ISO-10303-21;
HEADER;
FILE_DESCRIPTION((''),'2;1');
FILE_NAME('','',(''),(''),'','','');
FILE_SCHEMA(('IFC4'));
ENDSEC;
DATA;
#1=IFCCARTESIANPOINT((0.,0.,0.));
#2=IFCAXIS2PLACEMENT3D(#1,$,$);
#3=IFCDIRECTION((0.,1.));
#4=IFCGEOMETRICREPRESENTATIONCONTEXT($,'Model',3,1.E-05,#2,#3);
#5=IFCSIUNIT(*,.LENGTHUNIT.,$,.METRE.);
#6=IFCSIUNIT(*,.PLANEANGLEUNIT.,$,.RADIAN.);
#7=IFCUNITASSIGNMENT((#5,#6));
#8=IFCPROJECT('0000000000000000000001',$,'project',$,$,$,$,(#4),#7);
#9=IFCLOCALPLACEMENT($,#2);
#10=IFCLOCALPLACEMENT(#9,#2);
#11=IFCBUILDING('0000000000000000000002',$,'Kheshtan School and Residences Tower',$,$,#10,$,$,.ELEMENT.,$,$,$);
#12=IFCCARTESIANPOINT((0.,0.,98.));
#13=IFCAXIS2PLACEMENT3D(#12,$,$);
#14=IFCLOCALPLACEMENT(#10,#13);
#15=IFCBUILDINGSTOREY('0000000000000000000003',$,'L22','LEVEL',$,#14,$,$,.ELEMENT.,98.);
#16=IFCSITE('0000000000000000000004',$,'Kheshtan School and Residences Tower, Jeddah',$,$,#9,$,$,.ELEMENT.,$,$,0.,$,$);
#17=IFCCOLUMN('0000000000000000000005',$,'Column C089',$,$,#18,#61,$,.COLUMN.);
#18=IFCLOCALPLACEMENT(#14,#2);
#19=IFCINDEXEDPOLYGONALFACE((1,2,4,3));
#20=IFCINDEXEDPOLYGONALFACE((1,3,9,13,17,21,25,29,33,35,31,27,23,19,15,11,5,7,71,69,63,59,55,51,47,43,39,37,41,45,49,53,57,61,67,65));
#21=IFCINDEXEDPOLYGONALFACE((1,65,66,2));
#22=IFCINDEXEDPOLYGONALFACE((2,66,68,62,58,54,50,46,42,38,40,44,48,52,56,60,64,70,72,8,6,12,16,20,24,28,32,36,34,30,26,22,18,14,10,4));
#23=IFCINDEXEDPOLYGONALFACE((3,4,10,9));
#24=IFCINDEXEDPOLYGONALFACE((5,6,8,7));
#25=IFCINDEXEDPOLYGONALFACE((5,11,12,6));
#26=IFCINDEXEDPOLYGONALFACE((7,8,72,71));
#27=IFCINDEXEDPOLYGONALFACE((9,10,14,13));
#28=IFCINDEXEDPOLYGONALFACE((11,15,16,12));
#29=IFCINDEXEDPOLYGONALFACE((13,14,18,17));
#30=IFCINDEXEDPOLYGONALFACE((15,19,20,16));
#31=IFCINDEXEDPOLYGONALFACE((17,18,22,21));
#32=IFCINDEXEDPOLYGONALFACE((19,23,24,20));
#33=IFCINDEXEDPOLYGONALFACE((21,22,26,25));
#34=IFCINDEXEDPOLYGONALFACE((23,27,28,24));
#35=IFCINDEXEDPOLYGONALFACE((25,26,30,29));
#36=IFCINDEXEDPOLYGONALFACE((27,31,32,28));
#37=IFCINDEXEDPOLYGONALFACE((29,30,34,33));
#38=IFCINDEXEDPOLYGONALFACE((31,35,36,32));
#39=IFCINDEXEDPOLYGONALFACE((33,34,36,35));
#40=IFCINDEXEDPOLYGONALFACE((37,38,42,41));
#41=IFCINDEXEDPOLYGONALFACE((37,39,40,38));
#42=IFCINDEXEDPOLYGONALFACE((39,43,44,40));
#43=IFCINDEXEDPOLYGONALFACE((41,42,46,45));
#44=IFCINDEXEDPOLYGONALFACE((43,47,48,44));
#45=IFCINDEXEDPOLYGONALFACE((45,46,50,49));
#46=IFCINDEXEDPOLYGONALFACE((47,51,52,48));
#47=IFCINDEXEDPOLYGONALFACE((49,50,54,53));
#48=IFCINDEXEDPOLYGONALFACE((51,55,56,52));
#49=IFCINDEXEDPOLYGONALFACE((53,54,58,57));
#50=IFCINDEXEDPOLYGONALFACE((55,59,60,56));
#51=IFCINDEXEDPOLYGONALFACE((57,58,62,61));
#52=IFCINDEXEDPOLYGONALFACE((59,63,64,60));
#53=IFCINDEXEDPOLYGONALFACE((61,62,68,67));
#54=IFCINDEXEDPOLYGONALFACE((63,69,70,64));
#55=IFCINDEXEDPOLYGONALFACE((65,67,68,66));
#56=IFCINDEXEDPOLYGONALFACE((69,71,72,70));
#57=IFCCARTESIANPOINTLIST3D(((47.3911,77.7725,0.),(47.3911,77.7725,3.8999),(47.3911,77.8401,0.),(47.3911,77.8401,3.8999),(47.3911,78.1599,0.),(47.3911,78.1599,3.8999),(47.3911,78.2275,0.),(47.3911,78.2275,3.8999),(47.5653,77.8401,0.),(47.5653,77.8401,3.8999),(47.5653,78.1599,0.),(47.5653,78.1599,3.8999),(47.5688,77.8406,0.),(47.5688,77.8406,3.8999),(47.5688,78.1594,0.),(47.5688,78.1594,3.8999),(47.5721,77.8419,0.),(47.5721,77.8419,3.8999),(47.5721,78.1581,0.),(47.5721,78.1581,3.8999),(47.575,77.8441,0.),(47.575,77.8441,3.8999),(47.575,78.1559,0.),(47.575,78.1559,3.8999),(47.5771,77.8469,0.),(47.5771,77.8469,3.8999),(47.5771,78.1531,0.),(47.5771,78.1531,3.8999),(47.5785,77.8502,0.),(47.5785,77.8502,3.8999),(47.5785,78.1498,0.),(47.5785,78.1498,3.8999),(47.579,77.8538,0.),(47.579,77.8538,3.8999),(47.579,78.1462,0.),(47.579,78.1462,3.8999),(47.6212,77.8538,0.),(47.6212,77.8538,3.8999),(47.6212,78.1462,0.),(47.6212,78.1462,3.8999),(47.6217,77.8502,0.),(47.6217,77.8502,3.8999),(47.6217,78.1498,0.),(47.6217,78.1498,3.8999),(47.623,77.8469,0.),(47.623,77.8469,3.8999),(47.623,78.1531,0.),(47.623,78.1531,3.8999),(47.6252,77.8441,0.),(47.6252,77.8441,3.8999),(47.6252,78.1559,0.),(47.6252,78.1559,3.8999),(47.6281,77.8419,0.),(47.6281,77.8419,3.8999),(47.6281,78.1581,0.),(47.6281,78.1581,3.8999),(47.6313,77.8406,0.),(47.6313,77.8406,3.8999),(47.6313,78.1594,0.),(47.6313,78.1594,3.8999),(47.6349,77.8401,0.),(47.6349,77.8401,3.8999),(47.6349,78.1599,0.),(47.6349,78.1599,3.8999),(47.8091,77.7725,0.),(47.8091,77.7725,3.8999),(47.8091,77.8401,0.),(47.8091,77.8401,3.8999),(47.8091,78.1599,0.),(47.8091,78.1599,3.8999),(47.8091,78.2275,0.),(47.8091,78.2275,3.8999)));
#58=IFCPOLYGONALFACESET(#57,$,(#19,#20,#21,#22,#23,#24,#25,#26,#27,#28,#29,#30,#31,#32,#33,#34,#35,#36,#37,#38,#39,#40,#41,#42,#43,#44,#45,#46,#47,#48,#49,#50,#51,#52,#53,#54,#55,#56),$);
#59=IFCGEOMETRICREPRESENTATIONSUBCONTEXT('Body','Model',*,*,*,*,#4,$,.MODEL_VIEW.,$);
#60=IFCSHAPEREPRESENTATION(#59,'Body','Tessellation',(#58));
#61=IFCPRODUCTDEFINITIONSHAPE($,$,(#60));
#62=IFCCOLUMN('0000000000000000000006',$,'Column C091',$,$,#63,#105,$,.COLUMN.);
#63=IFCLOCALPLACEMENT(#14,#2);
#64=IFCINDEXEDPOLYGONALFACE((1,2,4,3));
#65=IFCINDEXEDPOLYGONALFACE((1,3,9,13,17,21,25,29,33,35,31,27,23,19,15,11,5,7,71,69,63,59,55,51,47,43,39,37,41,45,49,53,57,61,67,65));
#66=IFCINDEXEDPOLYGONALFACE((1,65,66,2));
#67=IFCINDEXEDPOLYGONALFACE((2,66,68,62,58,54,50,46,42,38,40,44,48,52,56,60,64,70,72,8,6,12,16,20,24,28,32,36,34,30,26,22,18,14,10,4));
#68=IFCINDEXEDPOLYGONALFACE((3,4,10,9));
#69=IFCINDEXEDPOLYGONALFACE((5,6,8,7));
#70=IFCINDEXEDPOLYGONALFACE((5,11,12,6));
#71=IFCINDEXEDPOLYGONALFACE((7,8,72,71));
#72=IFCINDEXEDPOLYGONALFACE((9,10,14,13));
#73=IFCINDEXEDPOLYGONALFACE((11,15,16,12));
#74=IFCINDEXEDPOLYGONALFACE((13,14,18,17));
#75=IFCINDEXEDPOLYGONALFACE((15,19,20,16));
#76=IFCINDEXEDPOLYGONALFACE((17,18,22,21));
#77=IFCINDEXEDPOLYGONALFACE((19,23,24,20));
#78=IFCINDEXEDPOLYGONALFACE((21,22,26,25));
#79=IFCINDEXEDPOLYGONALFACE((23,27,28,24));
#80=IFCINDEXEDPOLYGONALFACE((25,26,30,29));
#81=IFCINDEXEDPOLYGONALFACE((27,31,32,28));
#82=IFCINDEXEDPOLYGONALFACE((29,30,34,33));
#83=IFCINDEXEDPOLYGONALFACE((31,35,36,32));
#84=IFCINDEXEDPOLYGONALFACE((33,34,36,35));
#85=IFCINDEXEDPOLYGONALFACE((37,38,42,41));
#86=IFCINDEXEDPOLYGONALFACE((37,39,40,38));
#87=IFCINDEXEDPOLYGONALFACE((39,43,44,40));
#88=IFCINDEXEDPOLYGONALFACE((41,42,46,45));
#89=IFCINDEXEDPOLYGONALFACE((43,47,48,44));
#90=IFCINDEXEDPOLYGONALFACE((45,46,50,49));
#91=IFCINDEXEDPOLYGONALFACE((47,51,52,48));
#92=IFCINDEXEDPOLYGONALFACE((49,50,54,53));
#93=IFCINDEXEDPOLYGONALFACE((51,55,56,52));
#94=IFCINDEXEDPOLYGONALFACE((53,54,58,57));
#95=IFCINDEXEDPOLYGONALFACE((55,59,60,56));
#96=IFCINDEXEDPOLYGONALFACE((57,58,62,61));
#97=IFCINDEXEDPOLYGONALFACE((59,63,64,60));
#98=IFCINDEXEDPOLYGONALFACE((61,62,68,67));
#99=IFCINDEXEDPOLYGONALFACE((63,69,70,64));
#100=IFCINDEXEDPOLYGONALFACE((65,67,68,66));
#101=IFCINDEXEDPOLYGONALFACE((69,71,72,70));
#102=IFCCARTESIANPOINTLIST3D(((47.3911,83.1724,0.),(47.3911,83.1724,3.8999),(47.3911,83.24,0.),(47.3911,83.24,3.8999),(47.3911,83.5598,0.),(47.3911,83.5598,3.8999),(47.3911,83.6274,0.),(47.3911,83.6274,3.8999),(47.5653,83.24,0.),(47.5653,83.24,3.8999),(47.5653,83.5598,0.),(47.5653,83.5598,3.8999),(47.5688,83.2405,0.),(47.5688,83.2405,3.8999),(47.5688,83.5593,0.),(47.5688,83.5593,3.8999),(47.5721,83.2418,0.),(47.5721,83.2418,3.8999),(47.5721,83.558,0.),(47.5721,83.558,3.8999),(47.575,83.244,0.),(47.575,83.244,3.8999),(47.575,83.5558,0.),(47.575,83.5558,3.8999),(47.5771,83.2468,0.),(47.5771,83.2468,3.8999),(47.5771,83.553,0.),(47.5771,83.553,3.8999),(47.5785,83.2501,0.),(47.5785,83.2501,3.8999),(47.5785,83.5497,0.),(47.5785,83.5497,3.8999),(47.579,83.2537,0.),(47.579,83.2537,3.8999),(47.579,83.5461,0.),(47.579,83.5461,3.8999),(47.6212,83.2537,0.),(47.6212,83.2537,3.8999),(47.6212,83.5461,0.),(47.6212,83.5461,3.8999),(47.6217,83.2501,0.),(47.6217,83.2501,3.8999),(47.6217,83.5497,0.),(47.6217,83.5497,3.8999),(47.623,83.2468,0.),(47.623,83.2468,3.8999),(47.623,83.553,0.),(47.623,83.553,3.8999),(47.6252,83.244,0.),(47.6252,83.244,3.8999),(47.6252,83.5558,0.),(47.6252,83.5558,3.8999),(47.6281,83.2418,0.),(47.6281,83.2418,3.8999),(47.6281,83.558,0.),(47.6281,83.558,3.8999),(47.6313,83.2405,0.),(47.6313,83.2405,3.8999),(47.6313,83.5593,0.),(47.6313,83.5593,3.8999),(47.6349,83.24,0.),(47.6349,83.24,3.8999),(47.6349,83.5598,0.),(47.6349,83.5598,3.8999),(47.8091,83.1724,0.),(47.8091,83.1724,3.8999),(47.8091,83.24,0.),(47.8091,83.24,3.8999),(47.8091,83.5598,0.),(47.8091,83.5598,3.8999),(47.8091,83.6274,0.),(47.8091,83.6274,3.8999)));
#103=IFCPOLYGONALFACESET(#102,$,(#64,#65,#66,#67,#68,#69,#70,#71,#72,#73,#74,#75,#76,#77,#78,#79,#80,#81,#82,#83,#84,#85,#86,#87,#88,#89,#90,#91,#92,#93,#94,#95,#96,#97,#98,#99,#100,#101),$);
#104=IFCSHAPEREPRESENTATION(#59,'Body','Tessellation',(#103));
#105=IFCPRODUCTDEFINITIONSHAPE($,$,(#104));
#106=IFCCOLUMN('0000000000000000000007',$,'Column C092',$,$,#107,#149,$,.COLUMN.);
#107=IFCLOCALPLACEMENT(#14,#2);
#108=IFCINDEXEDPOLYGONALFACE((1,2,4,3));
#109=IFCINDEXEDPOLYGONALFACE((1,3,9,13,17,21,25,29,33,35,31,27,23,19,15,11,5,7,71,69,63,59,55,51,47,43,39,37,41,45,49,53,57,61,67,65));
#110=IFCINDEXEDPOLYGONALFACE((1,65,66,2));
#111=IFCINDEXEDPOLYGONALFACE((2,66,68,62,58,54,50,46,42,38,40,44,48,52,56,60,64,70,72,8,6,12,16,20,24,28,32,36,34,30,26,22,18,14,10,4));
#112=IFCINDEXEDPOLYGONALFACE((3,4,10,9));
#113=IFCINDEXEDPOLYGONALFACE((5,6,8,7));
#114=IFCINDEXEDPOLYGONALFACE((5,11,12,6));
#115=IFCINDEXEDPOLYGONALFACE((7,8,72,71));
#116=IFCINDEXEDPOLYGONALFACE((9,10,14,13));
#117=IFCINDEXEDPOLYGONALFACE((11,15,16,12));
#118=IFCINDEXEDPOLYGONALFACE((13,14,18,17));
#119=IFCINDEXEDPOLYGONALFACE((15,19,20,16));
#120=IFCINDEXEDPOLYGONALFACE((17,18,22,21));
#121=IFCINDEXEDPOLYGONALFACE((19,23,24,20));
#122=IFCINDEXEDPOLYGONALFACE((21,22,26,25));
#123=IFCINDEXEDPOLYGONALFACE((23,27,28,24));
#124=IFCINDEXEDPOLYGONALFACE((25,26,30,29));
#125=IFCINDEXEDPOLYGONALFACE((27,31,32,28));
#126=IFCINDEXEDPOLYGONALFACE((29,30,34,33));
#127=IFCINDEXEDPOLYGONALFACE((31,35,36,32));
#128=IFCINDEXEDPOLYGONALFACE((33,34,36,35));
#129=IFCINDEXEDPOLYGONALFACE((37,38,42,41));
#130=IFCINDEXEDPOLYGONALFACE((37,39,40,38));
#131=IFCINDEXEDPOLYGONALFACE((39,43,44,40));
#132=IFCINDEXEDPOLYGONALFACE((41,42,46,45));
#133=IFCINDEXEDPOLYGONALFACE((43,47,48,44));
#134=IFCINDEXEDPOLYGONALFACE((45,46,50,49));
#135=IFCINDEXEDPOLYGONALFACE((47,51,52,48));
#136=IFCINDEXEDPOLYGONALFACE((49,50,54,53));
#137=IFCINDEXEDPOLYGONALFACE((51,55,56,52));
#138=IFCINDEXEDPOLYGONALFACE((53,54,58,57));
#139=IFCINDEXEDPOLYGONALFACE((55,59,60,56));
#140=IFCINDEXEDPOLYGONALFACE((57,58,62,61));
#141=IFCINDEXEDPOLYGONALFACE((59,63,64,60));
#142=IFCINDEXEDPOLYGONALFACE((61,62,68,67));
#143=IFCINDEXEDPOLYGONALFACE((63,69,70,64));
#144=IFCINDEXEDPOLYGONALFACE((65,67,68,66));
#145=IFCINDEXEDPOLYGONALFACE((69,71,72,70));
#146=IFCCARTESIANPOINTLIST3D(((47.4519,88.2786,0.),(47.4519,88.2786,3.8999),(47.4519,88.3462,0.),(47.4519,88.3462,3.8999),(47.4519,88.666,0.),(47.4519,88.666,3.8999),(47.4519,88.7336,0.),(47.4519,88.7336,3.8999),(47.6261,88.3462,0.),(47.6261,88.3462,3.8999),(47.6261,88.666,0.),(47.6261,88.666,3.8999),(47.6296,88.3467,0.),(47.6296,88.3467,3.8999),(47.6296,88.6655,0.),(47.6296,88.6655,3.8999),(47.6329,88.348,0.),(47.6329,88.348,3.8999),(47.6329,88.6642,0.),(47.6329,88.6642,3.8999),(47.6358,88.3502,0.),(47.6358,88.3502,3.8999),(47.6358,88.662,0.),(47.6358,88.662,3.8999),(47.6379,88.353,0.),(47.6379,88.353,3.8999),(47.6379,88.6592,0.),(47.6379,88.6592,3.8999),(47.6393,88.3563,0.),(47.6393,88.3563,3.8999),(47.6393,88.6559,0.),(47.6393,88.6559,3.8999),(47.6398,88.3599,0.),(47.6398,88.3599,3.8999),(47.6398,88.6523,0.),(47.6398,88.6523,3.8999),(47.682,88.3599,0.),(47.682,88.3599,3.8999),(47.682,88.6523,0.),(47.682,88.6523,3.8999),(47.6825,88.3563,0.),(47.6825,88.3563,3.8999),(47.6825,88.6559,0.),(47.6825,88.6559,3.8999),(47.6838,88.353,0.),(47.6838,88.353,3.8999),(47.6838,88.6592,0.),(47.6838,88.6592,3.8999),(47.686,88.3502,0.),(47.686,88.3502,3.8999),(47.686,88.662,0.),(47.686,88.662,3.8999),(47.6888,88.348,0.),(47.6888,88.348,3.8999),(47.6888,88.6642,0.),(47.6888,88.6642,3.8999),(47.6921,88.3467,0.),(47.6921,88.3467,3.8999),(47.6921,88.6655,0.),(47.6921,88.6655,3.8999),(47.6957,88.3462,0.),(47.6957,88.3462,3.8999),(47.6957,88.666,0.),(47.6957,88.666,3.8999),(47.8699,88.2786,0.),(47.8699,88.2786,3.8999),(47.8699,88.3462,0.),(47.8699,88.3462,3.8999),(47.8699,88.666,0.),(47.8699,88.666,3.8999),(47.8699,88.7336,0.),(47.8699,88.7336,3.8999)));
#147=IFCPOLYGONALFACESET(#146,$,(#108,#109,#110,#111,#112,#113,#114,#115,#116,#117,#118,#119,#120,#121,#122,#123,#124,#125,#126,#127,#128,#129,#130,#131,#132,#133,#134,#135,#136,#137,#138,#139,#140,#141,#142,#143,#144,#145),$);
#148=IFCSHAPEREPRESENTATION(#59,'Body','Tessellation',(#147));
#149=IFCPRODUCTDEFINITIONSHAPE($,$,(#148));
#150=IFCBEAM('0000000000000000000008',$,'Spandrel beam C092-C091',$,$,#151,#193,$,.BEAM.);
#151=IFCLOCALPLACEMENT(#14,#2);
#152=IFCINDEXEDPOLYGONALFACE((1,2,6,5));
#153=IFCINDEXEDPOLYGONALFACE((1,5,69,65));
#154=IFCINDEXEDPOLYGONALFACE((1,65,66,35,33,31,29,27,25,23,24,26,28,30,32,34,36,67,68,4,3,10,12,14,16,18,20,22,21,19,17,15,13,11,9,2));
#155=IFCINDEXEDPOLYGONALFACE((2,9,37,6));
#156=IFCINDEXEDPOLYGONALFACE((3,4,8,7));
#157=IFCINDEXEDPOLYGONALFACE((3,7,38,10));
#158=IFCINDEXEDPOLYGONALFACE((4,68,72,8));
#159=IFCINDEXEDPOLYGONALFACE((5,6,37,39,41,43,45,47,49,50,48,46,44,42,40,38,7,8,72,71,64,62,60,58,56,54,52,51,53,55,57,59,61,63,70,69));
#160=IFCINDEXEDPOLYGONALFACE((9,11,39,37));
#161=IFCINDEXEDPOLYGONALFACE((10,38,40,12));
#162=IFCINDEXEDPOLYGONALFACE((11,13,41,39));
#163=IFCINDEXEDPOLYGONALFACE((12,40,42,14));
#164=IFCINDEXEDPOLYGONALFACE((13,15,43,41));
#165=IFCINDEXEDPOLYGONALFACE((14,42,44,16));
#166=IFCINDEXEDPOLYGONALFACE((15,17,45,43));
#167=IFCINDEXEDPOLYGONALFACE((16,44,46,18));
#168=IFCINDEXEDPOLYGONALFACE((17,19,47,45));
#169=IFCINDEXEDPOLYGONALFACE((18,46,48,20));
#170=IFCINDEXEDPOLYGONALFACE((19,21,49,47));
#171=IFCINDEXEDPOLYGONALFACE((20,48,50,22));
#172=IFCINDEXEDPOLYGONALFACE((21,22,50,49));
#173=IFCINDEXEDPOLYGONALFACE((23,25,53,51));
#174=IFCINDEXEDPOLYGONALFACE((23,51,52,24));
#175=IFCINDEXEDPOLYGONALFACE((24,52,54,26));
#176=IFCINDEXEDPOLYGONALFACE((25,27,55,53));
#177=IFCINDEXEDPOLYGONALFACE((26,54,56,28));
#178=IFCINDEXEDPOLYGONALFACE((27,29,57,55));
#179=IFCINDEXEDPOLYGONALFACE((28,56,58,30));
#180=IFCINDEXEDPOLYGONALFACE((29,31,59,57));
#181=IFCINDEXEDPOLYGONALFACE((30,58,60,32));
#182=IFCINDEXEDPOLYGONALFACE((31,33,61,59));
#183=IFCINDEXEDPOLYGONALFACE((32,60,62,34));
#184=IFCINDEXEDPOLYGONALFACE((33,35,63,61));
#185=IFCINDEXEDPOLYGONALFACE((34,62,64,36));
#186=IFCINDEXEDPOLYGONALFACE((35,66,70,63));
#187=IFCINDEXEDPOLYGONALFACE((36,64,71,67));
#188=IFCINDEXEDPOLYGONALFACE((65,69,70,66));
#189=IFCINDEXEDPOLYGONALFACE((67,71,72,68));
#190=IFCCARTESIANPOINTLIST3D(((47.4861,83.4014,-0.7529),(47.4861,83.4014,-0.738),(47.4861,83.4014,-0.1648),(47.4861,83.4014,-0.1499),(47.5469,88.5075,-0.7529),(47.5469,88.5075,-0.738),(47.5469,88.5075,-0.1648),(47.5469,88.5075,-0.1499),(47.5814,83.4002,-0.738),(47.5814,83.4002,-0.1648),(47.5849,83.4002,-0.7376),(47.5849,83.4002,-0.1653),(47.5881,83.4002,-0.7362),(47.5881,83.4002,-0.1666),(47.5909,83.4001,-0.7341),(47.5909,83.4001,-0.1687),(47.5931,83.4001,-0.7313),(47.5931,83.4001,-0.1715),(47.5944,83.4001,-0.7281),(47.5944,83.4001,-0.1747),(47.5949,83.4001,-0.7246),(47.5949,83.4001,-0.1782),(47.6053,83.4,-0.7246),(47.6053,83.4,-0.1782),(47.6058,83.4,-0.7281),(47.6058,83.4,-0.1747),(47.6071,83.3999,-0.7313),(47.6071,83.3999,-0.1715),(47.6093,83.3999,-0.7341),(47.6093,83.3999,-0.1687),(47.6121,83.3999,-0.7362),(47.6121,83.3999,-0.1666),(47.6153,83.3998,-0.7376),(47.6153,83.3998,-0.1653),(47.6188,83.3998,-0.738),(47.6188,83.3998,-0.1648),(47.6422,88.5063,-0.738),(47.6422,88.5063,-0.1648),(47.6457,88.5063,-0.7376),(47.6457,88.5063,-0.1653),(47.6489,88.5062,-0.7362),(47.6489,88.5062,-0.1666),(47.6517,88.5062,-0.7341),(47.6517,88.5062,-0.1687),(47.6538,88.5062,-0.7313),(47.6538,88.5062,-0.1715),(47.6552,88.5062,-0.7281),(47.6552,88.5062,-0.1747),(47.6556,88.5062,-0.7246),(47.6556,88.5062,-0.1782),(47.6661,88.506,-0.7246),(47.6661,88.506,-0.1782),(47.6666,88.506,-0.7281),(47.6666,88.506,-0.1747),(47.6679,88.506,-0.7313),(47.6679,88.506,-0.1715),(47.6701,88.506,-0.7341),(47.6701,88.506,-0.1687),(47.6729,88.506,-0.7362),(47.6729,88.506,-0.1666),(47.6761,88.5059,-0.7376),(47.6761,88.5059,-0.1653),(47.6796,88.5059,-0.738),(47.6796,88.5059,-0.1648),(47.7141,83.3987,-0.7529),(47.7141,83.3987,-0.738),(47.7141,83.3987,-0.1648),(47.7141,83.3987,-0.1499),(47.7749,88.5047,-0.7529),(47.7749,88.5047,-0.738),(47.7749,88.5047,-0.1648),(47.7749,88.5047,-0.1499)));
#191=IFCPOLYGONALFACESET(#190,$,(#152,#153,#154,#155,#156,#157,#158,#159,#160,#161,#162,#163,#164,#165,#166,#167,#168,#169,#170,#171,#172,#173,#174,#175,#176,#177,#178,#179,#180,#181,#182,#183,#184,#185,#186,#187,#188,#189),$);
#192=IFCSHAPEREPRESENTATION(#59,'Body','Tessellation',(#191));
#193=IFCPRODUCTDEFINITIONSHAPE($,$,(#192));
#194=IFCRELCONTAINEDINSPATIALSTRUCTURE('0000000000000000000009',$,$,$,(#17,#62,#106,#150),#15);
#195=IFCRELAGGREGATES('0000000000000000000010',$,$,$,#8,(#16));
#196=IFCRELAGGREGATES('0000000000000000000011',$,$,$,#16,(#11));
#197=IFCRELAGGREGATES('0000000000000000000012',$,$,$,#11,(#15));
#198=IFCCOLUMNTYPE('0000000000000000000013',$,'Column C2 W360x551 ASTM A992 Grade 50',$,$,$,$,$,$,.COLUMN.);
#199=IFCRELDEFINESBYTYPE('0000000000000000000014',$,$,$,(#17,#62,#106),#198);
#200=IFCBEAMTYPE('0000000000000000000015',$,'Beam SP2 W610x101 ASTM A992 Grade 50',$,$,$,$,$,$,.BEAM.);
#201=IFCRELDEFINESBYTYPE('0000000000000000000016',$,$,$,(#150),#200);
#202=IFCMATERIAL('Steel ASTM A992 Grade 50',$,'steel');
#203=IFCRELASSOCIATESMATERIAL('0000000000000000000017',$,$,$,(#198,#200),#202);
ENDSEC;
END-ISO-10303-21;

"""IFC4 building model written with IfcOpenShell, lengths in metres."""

from ifc_helpers import new_model, si_unit, direction, frame, origin, origin_2d, place, context, subcontext, project, spatial, i_section, extrude, material, material_profile, profile_set, type_object, element, save


model = new_model("IFC4")

# Units and contexts
model_context = context("Model", 3, precision=1e-05, world=origin(), true_north=direction((0.0, 1.0)))
body_context = subcontext(model_context, "Body", "Model", "MODEL_VIEW")
ifc_project = project(units=[si_unit("LENGTHUNIT", "METRE"), si_unit("PLANEANGLEUNIT", "RADIAN")], contexts=[model_context])

# Site, building, storey
site_placement = place(None, origin())
site = spatial("IfcSite", under=ifc_project, at=site_placement, Name="Kheshtan School and Residences Tower, Jeddah", CompositionType="ELEMENT", RefElevation=0.0)
building_placement = place(site_placement, origin())
building = spatial("IfcBuilding", under=site, at=building_placement, Name="Kheshtan School and Residences Tower", CompositionType="ELEMENT")
storey_placement = place(building_placement, frame((0.0, 0.0, 98.0)))
storey = spatial("IfcBuildingStorey", under=building, at=storey_placement, Name="L22", Description="LEVEL", CompositionType="ELEMENT", Elevation=98.0)

# Columns
ifc_material_1 = material(Name="Steel ASTM A992 Grade 50", Category="steel")
ifc_material_profile_1 = material_profile(ifc_material_1, i_section(OverallWidth=0.418, OverallDepth=0.4551, WebThickness=0.0422, FlangeThickness=0.0676, FilletRadius=0.0137, at=origin_2d()), Name="W360x551")
ifc_profile_set_1 = profile_set([ifc_material_profile_1], Name="Steel ASTM A992 Grade 50")
column_type = type_object("IfcColumnType", Name="Column C2 W360x551 ASTM A992 Grade 50", PredefinedType="COLUMN", material=ifc_profile_set_1)
for number, where, z_axis, x_axis, name in (
    (1, (47.6001, 78.0, 0.0), (0.0, 0.0, 1.0), (1.0, 0.0, 0.0), "Column C089"),
    (2, (47.6001, 83.3999, 0.0), (0.0, 0.0, 1.0), (1.0, 0.0, 0.0), "Column C091"),
    (3, (47.6609, 88.5061, 0.0), (0.0, 0.0, 1.0), (1.0, 0.0, 0.0), "Column C092"),
):
    element("IfcColumn", number, at=place(storey_placement, frame(where, z_axis=z_axis, x_axis=x_axis)), inside=storey, type_object=column_type, Name=name, PredefinedType="COLUMN", context=body_context, shape_type="SweptSolid", body=[
        extrude(i_section(OverallWidth=0.418, OverallDepth=0.4551, WebThickness=0.0422, FlangeThickness=0.0676, FilletRadius=0.0137, at=origin_2d()), origin(), (0.0, 0.0, 1.0), 3.8999),
    ])

# Beam
ifc_material_profile_2 = material_profile(ifc_material_1, i_section(OverallWidth=0.228, OverallDepth=0.603, WebThickness=0.0105, FlangeThickness=0.0149, FilletRadius=0.0134, at=origin_2d()), Name="W610x101")
ifc_profile_set_2 = profile_set([ifc_material_profile_2], Name="Steel ASTM A992 Grade 50")
beam_type = type_object("IfcBeamType", Name="Beam SP2 W610x101 ASTM A992 Grade 50", PredefinedType="BEAM", material=ifc_profile_set_2)
beam_placement = place(storey_placement, frame((47.6609, 88.5061, -0.4514), z_axis=(-0.011904, -0.999929, 0.0), x_axis=(0.999929, -0.011904, 0.0)))
element("IfcBeam", 4, at=beam_placement, inside=storey, type_object=beam_type, Name="Spandrel beam C092-C091", PredefinedType="BEAM", context=body_context, shape_type="SweptSolid", body=[
    extrude(i_section(OverallWidth=0.228, OverallDepth=0.603, WebThickness=0.0105, FlangeThickness=0.0149, FilletRadius=0.0134, at=origin_2d()), origin(), (0.0, 0.0, 1.0), 5.1064),
])

save(model, "model.ifc")
